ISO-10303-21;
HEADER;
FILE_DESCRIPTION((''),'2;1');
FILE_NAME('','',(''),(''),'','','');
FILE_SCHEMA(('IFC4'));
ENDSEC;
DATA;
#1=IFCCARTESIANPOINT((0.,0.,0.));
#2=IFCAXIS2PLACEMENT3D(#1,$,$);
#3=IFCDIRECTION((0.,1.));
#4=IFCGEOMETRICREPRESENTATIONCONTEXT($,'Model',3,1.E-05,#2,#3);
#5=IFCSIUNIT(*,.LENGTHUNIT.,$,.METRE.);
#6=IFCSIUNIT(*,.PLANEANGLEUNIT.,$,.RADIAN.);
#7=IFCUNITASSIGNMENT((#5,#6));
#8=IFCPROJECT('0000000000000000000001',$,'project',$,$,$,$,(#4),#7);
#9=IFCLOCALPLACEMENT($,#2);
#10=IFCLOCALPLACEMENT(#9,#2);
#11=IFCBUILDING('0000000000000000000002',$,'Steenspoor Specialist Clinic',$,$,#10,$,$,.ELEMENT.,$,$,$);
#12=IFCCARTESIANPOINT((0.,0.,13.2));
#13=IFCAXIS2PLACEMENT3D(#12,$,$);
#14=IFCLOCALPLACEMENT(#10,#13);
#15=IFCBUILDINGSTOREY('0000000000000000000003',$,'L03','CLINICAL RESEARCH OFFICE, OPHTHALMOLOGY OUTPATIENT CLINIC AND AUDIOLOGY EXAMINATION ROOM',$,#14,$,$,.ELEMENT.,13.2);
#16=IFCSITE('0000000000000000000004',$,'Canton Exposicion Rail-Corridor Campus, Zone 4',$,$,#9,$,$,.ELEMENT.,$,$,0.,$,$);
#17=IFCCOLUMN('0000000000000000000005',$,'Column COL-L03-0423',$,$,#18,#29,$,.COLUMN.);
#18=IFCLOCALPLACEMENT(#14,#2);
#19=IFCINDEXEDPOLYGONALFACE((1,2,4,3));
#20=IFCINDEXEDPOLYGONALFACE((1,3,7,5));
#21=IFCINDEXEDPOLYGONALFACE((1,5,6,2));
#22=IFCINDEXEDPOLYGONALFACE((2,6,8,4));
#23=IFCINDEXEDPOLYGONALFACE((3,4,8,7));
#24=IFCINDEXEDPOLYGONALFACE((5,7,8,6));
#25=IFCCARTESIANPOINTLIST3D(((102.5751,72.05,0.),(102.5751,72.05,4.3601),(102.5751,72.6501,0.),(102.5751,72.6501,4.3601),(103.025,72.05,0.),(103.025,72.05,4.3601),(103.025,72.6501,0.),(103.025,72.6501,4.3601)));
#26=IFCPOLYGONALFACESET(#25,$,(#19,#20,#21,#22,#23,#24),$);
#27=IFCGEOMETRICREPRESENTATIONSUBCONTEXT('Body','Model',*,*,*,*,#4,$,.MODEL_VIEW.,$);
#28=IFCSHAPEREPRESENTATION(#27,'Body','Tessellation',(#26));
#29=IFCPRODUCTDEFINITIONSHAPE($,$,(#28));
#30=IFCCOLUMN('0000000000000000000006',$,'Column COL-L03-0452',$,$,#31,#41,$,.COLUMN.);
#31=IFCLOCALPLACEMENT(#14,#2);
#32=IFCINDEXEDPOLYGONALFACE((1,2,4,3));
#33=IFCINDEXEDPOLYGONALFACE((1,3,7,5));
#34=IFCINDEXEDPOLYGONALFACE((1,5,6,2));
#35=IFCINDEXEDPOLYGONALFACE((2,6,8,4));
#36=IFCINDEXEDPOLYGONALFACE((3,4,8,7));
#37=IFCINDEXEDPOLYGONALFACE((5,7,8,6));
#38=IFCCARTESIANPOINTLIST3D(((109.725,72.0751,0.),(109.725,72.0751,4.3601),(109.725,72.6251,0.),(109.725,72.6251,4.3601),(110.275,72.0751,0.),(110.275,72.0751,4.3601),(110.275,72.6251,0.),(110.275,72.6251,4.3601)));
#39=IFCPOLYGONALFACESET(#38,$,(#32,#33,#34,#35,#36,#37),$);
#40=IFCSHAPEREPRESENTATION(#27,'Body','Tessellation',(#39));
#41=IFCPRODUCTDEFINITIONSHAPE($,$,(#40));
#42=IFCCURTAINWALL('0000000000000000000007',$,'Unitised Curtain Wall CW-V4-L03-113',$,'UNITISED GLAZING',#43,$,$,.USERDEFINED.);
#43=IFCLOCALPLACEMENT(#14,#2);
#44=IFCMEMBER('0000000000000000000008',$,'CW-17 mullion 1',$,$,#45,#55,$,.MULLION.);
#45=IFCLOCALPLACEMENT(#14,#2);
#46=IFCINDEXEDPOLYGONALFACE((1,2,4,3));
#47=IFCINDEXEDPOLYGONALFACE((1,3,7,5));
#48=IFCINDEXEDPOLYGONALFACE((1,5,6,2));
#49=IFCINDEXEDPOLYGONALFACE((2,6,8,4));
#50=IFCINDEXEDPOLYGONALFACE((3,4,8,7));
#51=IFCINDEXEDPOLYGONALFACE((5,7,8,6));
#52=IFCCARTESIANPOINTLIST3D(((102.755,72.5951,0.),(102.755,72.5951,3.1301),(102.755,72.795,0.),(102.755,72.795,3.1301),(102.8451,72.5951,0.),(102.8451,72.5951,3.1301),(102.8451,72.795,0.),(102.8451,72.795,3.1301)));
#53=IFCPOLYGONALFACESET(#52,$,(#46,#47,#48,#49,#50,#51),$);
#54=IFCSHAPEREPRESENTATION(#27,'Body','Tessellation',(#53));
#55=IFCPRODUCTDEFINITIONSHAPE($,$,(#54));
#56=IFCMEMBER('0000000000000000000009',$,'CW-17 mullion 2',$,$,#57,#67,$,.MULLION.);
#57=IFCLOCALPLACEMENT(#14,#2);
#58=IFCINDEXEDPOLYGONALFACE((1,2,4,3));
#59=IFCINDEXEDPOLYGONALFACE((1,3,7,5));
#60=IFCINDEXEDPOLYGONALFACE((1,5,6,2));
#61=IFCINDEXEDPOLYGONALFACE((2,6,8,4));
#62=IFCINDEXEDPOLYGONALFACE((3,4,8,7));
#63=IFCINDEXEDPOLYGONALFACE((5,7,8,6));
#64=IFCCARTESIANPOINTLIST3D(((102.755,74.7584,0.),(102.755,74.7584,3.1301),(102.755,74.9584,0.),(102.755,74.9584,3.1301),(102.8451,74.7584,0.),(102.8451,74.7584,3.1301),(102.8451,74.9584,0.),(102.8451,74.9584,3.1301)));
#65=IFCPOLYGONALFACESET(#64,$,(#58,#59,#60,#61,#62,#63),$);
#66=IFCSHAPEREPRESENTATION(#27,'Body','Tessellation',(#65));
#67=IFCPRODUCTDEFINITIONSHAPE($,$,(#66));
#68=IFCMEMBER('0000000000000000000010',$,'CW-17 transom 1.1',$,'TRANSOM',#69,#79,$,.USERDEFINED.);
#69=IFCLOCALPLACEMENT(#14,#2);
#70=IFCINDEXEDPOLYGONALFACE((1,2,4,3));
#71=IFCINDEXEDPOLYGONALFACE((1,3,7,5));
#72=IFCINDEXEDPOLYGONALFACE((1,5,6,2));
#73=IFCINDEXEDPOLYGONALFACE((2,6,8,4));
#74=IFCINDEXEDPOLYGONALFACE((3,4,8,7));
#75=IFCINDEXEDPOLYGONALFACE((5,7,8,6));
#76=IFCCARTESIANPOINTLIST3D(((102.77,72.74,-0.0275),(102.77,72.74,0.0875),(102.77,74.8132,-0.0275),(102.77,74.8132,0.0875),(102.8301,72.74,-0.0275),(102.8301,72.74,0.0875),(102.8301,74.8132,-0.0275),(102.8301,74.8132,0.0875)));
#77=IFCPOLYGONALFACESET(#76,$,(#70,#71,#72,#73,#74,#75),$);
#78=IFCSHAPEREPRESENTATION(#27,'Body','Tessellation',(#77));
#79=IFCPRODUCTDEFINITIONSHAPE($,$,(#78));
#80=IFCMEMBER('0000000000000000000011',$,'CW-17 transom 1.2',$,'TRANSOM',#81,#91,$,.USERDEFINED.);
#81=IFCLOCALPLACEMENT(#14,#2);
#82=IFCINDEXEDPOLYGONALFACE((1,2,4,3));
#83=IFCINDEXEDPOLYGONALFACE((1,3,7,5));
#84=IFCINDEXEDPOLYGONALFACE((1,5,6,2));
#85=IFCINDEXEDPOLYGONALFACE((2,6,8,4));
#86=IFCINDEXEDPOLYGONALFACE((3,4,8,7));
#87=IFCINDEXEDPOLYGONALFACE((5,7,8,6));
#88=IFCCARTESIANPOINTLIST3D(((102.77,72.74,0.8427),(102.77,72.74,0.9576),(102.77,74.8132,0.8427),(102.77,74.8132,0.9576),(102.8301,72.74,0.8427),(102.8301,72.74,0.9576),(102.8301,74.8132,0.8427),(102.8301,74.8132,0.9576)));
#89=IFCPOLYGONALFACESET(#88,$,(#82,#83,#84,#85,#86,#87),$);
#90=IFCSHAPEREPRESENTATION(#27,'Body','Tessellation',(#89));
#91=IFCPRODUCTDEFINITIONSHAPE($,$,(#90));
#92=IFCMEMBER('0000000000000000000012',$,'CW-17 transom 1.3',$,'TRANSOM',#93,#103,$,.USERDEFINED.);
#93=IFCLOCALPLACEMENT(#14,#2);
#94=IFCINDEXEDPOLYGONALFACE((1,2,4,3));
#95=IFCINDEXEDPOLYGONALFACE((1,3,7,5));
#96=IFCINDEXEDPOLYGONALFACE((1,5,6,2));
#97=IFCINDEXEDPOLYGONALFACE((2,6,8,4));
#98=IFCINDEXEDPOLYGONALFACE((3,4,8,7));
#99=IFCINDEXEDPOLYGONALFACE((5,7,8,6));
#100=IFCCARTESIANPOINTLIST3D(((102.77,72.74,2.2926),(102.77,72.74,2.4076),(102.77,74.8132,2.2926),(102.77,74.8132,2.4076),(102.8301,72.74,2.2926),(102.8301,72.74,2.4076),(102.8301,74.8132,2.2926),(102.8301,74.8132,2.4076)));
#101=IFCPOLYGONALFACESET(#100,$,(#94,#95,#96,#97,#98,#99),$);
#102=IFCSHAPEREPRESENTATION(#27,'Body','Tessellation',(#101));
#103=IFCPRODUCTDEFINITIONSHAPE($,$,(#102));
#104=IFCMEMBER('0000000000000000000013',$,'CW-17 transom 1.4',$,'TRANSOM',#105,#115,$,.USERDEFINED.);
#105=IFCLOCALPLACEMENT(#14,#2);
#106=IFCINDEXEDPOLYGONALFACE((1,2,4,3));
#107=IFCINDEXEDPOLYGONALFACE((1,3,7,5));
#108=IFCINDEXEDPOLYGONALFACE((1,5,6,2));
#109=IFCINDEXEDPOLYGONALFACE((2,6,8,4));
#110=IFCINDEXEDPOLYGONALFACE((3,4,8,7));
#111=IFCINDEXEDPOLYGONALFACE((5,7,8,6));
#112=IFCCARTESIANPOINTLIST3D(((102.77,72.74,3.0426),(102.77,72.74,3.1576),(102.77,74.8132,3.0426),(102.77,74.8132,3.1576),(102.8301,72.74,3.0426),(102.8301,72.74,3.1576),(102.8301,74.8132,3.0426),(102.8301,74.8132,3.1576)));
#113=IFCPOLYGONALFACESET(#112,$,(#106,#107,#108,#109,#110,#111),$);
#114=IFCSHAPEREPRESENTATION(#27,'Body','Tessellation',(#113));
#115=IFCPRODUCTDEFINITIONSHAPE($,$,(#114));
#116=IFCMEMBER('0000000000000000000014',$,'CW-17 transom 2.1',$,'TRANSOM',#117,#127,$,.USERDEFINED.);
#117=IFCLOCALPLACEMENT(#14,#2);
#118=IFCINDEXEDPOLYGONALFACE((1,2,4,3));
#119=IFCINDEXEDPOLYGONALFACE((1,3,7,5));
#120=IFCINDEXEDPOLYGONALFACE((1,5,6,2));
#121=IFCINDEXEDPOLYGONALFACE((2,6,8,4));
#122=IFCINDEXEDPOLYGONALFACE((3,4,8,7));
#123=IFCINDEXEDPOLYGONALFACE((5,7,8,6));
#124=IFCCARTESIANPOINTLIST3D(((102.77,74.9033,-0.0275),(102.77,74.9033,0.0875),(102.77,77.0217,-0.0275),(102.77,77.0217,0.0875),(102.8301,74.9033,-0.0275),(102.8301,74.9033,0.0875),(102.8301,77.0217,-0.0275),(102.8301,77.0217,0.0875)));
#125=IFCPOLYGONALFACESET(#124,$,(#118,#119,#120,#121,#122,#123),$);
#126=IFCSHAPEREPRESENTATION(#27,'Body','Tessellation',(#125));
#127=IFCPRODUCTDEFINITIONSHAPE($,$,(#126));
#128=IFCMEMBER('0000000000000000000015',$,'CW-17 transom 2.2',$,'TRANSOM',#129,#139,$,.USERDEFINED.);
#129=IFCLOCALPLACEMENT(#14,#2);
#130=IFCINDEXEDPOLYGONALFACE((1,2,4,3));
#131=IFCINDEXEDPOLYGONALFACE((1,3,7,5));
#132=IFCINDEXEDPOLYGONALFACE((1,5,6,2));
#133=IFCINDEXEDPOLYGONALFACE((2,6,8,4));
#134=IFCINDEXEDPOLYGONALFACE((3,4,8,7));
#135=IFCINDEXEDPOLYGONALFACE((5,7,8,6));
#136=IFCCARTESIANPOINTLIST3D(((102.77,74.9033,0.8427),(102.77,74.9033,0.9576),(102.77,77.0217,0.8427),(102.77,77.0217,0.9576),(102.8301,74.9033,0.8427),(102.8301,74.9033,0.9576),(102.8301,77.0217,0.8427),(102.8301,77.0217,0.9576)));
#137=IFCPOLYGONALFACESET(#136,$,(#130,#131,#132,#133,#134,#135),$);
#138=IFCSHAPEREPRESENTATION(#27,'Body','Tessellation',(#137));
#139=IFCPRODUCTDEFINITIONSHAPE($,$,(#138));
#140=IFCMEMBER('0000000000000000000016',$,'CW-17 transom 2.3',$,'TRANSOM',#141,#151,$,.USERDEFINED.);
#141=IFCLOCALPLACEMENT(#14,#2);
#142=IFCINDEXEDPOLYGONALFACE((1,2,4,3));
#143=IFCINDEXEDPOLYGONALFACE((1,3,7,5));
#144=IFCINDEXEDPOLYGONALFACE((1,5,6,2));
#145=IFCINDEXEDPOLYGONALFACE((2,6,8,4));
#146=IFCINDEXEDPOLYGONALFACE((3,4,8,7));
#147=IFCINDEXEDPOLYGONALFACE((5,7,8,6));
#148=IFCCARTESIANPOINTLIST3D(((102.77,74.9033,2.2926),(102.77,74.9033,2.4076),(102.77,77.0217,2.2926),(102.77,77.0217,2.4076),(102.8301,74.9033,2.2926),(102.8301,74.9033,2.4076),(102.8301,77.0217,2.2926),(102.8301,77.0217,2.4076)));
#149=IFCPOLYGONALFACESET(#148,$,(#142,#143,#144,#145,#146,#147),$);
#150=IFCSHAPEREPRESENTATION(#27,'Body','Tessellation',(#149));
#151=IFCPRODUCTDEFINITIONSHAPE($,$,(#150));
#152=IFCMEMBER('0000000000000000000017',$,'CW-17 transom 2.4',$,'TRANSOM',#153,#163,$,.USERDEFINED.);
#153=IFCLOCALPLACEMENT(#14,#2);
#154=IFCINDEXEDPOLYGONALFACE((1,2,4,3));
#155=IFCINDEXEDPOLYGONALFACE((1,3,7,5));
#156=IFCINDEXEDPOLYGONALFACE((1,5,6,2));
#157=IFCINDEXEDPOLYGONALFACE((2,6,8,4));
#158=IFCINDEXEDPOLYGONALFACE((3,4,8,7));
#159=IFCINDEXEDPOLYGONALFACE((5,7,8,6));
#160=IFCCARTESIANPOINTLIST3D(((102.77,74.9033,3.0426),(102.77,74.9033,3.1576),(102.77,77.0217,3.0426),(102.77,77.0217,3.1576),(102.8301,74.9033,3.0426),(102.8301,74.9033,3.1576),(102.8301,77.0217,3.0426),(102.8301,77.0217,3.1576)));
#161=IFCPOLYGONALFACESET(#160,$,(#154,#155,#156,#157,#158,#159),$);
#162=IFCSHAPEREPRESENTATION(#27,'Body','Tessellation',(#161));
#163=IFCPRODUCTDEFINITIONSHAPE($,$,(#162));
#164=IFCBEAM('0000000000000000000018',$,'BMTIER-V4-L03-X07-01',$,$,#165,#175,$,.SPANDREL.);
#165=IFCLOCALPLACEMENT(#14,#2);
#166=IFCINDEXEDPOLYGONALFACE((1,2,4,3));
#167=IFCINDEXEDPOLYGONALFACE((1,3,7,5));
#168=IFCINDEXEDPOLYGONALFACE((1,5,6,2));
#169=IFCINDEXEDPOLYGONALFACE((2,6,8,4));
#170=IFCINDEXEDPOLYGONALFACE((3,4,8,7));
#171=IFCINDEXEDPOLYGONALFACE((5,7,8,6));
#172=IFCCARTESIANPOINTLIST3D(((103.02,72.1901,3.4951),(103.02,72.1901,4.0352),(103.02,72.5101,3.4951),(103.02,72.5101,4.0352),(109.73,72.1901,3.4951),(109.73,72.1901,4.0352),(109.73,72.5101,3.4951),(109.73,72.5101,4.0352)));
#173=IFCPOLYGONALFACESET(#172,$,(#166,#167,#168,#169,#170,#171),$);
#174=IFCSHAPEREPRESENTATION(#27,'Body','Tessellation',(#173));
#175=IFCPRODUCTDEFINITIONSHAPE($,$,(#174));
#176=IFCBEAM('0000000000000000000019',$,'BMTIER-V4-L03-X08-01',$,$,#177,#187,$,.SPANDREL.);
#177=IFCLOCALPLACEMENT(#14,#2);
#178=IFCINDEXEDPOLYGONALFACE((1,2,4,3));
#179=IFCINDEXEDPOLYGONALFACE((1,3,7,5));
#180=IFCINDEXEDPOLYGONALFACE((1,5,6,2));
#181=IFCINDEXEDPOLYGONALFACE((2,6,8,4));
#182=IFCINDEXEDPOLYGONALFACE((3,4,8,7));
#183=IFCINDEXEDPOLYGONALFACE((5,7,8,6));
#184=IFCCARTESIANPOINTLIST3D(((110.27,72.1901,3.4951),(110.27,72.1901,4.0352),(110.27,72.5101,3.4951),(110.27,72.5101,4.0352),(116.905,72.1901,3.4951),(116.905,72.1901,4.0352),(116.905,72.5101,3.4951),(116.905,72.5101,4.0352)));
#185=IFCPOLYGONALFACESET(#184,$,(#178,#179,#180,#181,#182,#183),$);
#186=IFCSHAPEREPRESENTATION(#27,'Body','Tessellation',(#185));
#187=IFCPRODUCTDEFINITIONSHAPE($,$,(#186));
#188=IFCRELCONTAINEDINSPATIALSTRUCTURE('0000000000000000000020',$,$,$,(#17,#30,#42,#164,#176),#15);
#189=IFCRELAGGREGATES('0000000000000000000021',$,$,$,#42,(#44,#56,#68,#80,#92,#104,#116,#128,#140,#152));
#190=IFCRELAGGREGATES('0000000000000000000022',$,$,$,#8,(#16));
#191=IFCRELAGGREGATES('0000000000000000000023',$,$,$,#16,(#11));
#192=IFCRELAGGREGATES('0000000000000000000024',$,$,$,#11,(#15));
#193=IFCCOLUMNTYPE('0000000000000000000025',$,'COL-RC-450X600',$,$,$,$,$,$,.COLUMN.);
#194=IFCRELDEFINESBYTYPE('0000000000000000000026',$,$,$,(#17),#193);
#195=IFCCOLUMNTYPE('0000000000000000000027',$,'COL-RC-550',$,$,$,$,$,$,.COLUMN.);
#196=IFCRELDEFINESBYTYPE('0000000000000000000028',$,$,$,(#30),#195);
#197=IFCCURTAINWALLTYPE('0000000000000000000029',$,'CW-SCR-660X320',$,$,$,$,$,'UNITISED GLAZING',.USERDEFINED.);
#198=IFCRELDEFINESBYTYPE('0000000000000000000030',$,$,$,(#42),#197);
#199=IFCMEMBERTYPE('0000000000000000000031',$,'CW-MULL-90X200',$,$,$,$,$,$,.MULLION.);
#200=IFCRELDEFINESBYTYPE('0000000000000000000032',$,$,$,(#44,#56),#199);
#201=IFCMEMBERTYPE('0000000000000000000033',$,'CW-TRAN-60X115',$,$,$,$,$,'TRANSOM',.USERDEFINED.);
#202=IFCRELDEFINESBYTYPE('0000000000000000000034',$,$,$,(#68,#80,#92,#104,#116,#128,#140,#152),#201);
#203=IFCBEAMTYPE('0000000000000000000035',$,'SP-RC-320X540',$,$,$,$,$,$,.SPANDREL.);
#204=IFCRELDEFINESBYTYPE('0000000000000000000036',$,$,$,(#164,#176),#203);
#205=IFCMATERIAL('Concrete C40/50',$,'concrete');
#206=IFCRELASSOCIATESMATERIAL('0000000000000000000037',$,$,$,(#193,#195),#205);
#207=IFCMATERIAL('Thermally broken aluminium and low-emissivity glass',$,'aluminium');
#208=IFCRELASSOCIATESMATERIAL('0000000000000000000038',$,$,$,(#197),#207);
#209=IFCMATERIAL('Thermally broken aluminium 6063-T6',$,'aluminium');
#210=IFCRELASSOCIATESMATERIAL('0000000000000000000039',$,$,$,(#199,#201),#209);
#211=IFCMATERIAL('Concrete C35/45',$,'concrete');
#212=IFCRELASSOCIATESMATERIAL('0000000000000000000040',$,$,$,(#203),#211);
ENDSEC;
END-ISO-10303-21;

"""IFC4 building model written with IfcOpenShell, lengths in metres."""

from ifc_helpers import new_model, si_unit, direction, frame, origin, origin_2d, place, context, subcontext, project, spatial, rectangle, extrude, material, material_profile, profile_set, type_object, element, aggregate, save


model = new_model("IFC4")

# Units and contexts
model_context = context("Model", 3, precision=1e-05, world=origin(), true_north=direction((0.0, 1.0)))
body_context = subcontext(model_context, "Body", "Model", "MODEL_VIEW")
ifc_project = project(units=[si_unit("LENGTHUNIT", "METRE"), si_unit("PLANEANGLEUNIT", "RADIAN")], contexts=[model_context])

# Site, building, storey
site_placement = place(None, origin())
site = spatial("IfcSite", under=ifc_project, at=site_placement, Name="Canton Exposicion Rail-Corridor Campus, Zone 4", CompositionType="ELEMENT", RefElevation=0.0)
building_placement = place(site_placement, origin())
building = spatial("IfcBuilding", under=site, at=building_placement, Name="Steenspoor Specialist Clinic", CompositionType="ELEMENT")
storey_placement = place(building_placement, frame((0.0, 0.0, 13.2)))
storey = spatial("IfcBuildingStorey", under=building, at=storey_placement, Name="L03", Description="CLINICAL RESEARCH OFFICE, OPHTHALMOLOGY OUTPATIENT CLINIC AND AUDIOLOGY EXAMINATION ROOM", CompositionType="ELEMENT", Elevation=13.2)

# Columns
ifc_material_1 = material(Name="Concrete C40/50", Category="concrete")
ifc_material_profile_1 = material_profile(ifc_material_1, rectangle(XDim=0.45, YDim=0.6001, at=origin_2d()), Name="RC-COL-450X600")
ifc_profile_set_1 = profile_set([ifc_material_profile_1], Name="Concrete C40/50")
column_type_1 = type_object("IfcColumnType", Name="COL-RC-450X600", PredefinedType="COLUMN", material=ifc_profile_set_1)
column_1_placement = place(storey_placement, frame((102.8, 72.3501, 0.0), z_axis=(0.0, 0.0, 1.0), x_axis=(1.0, 0.0, 0.0)))
element("IfcColumn", 1, at=column_1_placement, inside=storey, type_object=column_type_1, Name="Column COL-L03-0423", PredefinedType="COLUMN", context=body_context, shape_type="SweptSolid", body=[
    extrude(rectangle(XDim=0.45, YDim=0.6001, at=origin_2d()), origin(), (0.0, 0.0, 1.0), 4.3601),
])
ifc_material_profile_2 = material_profile(ifc_material_1, rectangle(XDim=0.55, YDim=0.55, at=origin_2d()), Name="RC-COL-550X550")
ifc_profile_set_2 = profile_set([ifc_material_profile_2], Name="Concrete C40/50")
column_type_2 = type_object("IfcColumnType", Name="COL-RC-550", PredefinedType="COLUMN", material=ifc_profile_set_2)
column_2_placement = place(storey_placement, frame((110.0, 72.3501, 0.0), z_axis=(0.0, 0.0, 1.0), x_axis=(1.0, 0.0, 0.0)))
element("IfcColumn", 2, at=column_2_placement, inside=storey, type_object=column_type_2, Name="Column COL-L03-0452", PredefinedType="COLUMN", context=body_context, shape_type="SweptSolid", body=[
    extrude(rectangle(XDim=0.55, YDim=0.55, at=origin_2d()), origin(), (0.0, 0.0, 1.0), 4.3601),
])

# Curtain wall, members
ifc_material_2 = material(Name="Thermally broken aluminium and low-emissivity glass", Category="aluminium")
curtain_wall_type = type_object("IfcCurtainWallType", Name="CW-SCR-660X320", ElementType="UNITISED GLAZING", PredefinedType="USERDEFINED", material=ifc_material_2)
curtain_wall_placement = place(storey_placement, origin())
curtain_wall = element("IfcCurtainWall", 3, at=curtain_wall_placement, inside=storey, type_object=curtain_wall_type, Name="Unitised Curtain Wall CW-V4-L03-113", ObjectType="UNITISED GLAZING", PredefinedType="USERDEFINED")
ifc_material_3 = material(Name="Thermally broken aluminium 6063-T6", Category="aluminium")
ifc_material_profile_3 = material_profile(ifc_material_3, rectangle(XDim=0.0901, YDim=0.2, at=origin_2d()), Name="CWM-90X200")
ifc_profile_set_3 = profile_set([ifc_material_profile_3], Name="Thermally broken aluminium 6063-T6")
member_type_1 = type_object("IfcMemberType", Name="CW-MULL-90X200", PredefinedType="MULLION", material=ifc_profile_set_3)
member_1_placement = place(storey_placement, frame((102.8, 72.6951, 0.0), z_axis=(0.0, 0.0, 1.0), x_axis=(-1.0, 0.0, 0.0)))
member_1 = element("IfcMember", 4, at=member_1_placement, type_object=member_type_1, Name="CW-17 mullion 1", PredefinedType="MULLION", context=body_context, shape_type="SweptSolid", body=[
    extrude(rectangle(XDim=0.0901, YDim=0.2, at=origin_2d()), origin(), (0.0, 0.0, 1.0), 3.1301),
])
member_2_placement = place(storey_placement, frame((102.8, 74.8584, 0.0), z_axis=(0.0, 0.0, 1.0), x_axis=(-1.0, 0.0, 0.0)))
member_2 = element("IfcMember", 5, at=member_2_placement, type_object=member_type_1, Name="CW-17 mullion 2", PredefinedType="MULLION", context=body_context, shape_type="SweptSolid", body=[
    extrude(rectangle(XDim=0.0901, YDim=0.2, at=origin_2d()), origin(), (0.0, 0.0, 1.0), 3.1301),
])
ifc_material_profile_4 = material_profile(ifc_material_3, rectangle(XDim=0.0601, YDim=0.115, at=origin_2d()), Name="CWT-60X115")
ifc_profile_set_4 = profile_set([ifc_material_profile_4], Name="Thermally broken aluminium 6063-T6")
member_type_2 = type_object("IfcMemberType", Name="CW-TRAN-60X115", ElementType="TRANSOM", PredefinedType="USERDEFINED", material=ifc_profile_set_4)
member_3_placement = place(storey_placement, frame((102.8, 72.74, 0.03), z_axis=(0.0, 1.0, 0.0), x_axis=(-1.0, 0.0, 0.0)))
member_3 = element("IfcMember", 6, at=member_3_placement, type_object=member_type_2, Name="CW-17 transom 1.1", ObjectType="TRANSOM", PredefinedType="USERDEFINED", context=body_context, shape_type="SweptSolid", body=[
    extrude(rectangle(XDim=0.0601, YDim=0.115, at=origin_2d()), origin(), (0.0, 0.0, 1.0), 2.0732),
])
member_4_placement = place(storey_placement, frame((102.8, 72.74, 0.9001), z_axis=(0.0, 1.0, 0.0), x_axis=(-1.0, 0.0, 0.0)))
member_4 = element("IfcMember", 7, at=member_4_placement, type_object=member_type_2, Name="CW-17 transom 1.2", ObjectType="TRANSOM", PredefinedType="USERDEFINED", context=body_context, shape_type="SweptSolid", body=[
    extrude(rectangle(XDim=0.0601, YDim=0.115, at=origin_2d()), origin(), (0.0, 0.0, 1.0), 2.0732),
])
member_5_placement = place(storey_placement, frame((102.8, 72.74, 2.3501), z_axis=(0.0, 1.0, 0.0), x_axis=(-1.0, 0.0, 0.0)))
member_5 = element("IfcMember", 8, at=member_5_placement, type_object=member_type_2, Name="CW-17 transom 1.3", ObjectType="TRANSOM", PredefinedType="USERDEFINED", context=body_context, shape_type="SweptSolid", body=[
    extrude(rectangle(XDim=0.0601, YDim=0.115, at=origin_2d()), origin(), (0.0, 0.0, 1.0), 2.0732),
])
member_6_placement = place(storey_placement, frame((102.8, 72.74, 3.1001), z_axis=(0.0, 1.0, 0.0), x_axis=(-1.0, 0.0, 0.0)))
member_6 = element("IfcMember", 9, at=member_6_placement, type_object=member_type_2, Name="CW-17 transom 1.4", ObjectType="TRANSOM", PredefinedType="USERDEFINED", context=body_context, shape_type="SweptSolid", body=[
    extrude(rectangle(XDim=0.0601, YDim=0.115, at=origin_2d()), origin(), (0.0, 0.0, 1.0), 2.0732),
])
member_7_placement = place(storey_placement, frame((102.8, 74.9033, 0.03), z_axis=(0.0, 1.0, 0.0), x_axis=(-1.0, 0.0, 0.0)))
member_7 = element("IfcMember", 10, at=member_7_placement, type_object=member_type_2, Name="CW-17 transom 2.1", ObjectType="TRANSOM", PredefinedType="USERDEFINED", context=body_context, shape_type="SweptSolid", body=[
    extrude(rectangle(XDim=0.0601, YDim=0.115, at=origin_2d()), origin(), (0.0, 0.0, 1.0), 2.1184),
])
member_8_placement = place(storey_placement, frame((102.8, 74.9033, 0.9001), z_axis=(0.0, 1.0, 0.0), x_axis=(-1.0, 0.0, 0.0)))
member_8 = element("IfcMember", 11, at=member_8_placement, type_object=member_type_2, Name="CW-17 transom 2.2", ObjectType="TRANSOM", PredefinedType="USERDEFINED", context=body_context, shape_type="SweptSolid", body=[
    extrude(rectangle(XDim=0.0601, YDim=0.115, at=origin_2d()), origin(), (0.0, 0.0, 1.0), 2.1184),
])
member_9_placement = place(storey_placement, frame((102.8, 74.9033, 2.3501), z_axis=(0.0, 1.0, 0.0), x_axis=(-1.0, 0.0, 0.0)))
member_9 = element("IfcMember", 12, at=member_9_placement, type_object=member_type_2, Name="CW-17 transom 2.3", ObjectType="TRANSOM", PredefinedType="USERDEFINED", context=body_context, shape_type="SweptSolid", body=[
    extrude(rectangle(XDim=0.0601, YDim=0.115, at=origin_2d()), origin(), (0.0, 0.0, 1.0), 2.1184),
])
member_10_placement = place(storey_placement, frame((102.8, 74.9033, 3.1001), z_axis=(0.0, 1.0, 0.0), x_axis=(-1.0, 0.0, 0.0)))
member_10 = element("IfcMember", 13, at=member_10_placement, type_object=member_type_2, Name="CW-17 transom 2.4", ObjectType="TRANSOM", PredefinedType="USERDEFINED", context=body_context, shape_type="SweptSolid", body=[
    extrude(rectangle(XDim=0.0601, YDim=0.115, at=origin_2d()), origin(), (0.0, 0.0, 1.0), 2.1184),
])

# Beams
ifc_material_4 = material(Name="Concrete C35/45", Category="concrete")
ifc_material_profile_5 = material_profile(ifc_material_4, rectangle(XDim=0.3201, YDim=0.54, at=origin_2d()), Name="RC-SP-320X540")
ifc_profile_set_5 = profile_set([ifc_material_profile_5], Name="Concrete C35/45")
beam_type = type_object("IfcBeamType", Name="SP-RC-320X540", PredefinedType="SPANDREL", material=ifc_profile_set_5)
beam_1_placement = place(storey_placement, frame((103.02, 72.3501, 3.7651), z_axis=(1.0, 0.0, 0.0), x_axis=(0.0, 1.0, 0.0)))
element("IfcBeam", 14, at=beam_1_placement, inside=storey, type_object=beam_type, Name="BMTIER-V4-L03-X07-01", PredefinedType="SPANDREL", context=body_context, shape_type="SweptSolid", body=[
    extrude(rectangle(XDim=0.3201, YDim=0.54, at=origin_2d()), origin(), (0.0, 0.0, 1.0), 6.71),
])
beam_2_placement = place(storey_placement, frame((110.27, 72.3501, 3.7651), z_axis=(1.0, 0.0, 0.0), x_axis=(0.0, 1.0, 0.0)))
element("IfcBeam", 15, at=beam_2_placement, inside=storey, type_object=beam_type, Name="BMTIER-V4-L03-X08-01", PredefinedType="SPANDREL", context=body_context, shape_type="SweptSolid", body=[
    extrude(rectangle(XDim=0.3201, YDim=0.54, at=origin_2d()), origin(), (0.0, 0.0, 1.0), 6.635),
])

aggregate(curtain_wall, [member_1, member_2, member_3, member_4, member_5, member_6, member_7, member_8, member_9, member_10])

save(model, "model.ifc")
